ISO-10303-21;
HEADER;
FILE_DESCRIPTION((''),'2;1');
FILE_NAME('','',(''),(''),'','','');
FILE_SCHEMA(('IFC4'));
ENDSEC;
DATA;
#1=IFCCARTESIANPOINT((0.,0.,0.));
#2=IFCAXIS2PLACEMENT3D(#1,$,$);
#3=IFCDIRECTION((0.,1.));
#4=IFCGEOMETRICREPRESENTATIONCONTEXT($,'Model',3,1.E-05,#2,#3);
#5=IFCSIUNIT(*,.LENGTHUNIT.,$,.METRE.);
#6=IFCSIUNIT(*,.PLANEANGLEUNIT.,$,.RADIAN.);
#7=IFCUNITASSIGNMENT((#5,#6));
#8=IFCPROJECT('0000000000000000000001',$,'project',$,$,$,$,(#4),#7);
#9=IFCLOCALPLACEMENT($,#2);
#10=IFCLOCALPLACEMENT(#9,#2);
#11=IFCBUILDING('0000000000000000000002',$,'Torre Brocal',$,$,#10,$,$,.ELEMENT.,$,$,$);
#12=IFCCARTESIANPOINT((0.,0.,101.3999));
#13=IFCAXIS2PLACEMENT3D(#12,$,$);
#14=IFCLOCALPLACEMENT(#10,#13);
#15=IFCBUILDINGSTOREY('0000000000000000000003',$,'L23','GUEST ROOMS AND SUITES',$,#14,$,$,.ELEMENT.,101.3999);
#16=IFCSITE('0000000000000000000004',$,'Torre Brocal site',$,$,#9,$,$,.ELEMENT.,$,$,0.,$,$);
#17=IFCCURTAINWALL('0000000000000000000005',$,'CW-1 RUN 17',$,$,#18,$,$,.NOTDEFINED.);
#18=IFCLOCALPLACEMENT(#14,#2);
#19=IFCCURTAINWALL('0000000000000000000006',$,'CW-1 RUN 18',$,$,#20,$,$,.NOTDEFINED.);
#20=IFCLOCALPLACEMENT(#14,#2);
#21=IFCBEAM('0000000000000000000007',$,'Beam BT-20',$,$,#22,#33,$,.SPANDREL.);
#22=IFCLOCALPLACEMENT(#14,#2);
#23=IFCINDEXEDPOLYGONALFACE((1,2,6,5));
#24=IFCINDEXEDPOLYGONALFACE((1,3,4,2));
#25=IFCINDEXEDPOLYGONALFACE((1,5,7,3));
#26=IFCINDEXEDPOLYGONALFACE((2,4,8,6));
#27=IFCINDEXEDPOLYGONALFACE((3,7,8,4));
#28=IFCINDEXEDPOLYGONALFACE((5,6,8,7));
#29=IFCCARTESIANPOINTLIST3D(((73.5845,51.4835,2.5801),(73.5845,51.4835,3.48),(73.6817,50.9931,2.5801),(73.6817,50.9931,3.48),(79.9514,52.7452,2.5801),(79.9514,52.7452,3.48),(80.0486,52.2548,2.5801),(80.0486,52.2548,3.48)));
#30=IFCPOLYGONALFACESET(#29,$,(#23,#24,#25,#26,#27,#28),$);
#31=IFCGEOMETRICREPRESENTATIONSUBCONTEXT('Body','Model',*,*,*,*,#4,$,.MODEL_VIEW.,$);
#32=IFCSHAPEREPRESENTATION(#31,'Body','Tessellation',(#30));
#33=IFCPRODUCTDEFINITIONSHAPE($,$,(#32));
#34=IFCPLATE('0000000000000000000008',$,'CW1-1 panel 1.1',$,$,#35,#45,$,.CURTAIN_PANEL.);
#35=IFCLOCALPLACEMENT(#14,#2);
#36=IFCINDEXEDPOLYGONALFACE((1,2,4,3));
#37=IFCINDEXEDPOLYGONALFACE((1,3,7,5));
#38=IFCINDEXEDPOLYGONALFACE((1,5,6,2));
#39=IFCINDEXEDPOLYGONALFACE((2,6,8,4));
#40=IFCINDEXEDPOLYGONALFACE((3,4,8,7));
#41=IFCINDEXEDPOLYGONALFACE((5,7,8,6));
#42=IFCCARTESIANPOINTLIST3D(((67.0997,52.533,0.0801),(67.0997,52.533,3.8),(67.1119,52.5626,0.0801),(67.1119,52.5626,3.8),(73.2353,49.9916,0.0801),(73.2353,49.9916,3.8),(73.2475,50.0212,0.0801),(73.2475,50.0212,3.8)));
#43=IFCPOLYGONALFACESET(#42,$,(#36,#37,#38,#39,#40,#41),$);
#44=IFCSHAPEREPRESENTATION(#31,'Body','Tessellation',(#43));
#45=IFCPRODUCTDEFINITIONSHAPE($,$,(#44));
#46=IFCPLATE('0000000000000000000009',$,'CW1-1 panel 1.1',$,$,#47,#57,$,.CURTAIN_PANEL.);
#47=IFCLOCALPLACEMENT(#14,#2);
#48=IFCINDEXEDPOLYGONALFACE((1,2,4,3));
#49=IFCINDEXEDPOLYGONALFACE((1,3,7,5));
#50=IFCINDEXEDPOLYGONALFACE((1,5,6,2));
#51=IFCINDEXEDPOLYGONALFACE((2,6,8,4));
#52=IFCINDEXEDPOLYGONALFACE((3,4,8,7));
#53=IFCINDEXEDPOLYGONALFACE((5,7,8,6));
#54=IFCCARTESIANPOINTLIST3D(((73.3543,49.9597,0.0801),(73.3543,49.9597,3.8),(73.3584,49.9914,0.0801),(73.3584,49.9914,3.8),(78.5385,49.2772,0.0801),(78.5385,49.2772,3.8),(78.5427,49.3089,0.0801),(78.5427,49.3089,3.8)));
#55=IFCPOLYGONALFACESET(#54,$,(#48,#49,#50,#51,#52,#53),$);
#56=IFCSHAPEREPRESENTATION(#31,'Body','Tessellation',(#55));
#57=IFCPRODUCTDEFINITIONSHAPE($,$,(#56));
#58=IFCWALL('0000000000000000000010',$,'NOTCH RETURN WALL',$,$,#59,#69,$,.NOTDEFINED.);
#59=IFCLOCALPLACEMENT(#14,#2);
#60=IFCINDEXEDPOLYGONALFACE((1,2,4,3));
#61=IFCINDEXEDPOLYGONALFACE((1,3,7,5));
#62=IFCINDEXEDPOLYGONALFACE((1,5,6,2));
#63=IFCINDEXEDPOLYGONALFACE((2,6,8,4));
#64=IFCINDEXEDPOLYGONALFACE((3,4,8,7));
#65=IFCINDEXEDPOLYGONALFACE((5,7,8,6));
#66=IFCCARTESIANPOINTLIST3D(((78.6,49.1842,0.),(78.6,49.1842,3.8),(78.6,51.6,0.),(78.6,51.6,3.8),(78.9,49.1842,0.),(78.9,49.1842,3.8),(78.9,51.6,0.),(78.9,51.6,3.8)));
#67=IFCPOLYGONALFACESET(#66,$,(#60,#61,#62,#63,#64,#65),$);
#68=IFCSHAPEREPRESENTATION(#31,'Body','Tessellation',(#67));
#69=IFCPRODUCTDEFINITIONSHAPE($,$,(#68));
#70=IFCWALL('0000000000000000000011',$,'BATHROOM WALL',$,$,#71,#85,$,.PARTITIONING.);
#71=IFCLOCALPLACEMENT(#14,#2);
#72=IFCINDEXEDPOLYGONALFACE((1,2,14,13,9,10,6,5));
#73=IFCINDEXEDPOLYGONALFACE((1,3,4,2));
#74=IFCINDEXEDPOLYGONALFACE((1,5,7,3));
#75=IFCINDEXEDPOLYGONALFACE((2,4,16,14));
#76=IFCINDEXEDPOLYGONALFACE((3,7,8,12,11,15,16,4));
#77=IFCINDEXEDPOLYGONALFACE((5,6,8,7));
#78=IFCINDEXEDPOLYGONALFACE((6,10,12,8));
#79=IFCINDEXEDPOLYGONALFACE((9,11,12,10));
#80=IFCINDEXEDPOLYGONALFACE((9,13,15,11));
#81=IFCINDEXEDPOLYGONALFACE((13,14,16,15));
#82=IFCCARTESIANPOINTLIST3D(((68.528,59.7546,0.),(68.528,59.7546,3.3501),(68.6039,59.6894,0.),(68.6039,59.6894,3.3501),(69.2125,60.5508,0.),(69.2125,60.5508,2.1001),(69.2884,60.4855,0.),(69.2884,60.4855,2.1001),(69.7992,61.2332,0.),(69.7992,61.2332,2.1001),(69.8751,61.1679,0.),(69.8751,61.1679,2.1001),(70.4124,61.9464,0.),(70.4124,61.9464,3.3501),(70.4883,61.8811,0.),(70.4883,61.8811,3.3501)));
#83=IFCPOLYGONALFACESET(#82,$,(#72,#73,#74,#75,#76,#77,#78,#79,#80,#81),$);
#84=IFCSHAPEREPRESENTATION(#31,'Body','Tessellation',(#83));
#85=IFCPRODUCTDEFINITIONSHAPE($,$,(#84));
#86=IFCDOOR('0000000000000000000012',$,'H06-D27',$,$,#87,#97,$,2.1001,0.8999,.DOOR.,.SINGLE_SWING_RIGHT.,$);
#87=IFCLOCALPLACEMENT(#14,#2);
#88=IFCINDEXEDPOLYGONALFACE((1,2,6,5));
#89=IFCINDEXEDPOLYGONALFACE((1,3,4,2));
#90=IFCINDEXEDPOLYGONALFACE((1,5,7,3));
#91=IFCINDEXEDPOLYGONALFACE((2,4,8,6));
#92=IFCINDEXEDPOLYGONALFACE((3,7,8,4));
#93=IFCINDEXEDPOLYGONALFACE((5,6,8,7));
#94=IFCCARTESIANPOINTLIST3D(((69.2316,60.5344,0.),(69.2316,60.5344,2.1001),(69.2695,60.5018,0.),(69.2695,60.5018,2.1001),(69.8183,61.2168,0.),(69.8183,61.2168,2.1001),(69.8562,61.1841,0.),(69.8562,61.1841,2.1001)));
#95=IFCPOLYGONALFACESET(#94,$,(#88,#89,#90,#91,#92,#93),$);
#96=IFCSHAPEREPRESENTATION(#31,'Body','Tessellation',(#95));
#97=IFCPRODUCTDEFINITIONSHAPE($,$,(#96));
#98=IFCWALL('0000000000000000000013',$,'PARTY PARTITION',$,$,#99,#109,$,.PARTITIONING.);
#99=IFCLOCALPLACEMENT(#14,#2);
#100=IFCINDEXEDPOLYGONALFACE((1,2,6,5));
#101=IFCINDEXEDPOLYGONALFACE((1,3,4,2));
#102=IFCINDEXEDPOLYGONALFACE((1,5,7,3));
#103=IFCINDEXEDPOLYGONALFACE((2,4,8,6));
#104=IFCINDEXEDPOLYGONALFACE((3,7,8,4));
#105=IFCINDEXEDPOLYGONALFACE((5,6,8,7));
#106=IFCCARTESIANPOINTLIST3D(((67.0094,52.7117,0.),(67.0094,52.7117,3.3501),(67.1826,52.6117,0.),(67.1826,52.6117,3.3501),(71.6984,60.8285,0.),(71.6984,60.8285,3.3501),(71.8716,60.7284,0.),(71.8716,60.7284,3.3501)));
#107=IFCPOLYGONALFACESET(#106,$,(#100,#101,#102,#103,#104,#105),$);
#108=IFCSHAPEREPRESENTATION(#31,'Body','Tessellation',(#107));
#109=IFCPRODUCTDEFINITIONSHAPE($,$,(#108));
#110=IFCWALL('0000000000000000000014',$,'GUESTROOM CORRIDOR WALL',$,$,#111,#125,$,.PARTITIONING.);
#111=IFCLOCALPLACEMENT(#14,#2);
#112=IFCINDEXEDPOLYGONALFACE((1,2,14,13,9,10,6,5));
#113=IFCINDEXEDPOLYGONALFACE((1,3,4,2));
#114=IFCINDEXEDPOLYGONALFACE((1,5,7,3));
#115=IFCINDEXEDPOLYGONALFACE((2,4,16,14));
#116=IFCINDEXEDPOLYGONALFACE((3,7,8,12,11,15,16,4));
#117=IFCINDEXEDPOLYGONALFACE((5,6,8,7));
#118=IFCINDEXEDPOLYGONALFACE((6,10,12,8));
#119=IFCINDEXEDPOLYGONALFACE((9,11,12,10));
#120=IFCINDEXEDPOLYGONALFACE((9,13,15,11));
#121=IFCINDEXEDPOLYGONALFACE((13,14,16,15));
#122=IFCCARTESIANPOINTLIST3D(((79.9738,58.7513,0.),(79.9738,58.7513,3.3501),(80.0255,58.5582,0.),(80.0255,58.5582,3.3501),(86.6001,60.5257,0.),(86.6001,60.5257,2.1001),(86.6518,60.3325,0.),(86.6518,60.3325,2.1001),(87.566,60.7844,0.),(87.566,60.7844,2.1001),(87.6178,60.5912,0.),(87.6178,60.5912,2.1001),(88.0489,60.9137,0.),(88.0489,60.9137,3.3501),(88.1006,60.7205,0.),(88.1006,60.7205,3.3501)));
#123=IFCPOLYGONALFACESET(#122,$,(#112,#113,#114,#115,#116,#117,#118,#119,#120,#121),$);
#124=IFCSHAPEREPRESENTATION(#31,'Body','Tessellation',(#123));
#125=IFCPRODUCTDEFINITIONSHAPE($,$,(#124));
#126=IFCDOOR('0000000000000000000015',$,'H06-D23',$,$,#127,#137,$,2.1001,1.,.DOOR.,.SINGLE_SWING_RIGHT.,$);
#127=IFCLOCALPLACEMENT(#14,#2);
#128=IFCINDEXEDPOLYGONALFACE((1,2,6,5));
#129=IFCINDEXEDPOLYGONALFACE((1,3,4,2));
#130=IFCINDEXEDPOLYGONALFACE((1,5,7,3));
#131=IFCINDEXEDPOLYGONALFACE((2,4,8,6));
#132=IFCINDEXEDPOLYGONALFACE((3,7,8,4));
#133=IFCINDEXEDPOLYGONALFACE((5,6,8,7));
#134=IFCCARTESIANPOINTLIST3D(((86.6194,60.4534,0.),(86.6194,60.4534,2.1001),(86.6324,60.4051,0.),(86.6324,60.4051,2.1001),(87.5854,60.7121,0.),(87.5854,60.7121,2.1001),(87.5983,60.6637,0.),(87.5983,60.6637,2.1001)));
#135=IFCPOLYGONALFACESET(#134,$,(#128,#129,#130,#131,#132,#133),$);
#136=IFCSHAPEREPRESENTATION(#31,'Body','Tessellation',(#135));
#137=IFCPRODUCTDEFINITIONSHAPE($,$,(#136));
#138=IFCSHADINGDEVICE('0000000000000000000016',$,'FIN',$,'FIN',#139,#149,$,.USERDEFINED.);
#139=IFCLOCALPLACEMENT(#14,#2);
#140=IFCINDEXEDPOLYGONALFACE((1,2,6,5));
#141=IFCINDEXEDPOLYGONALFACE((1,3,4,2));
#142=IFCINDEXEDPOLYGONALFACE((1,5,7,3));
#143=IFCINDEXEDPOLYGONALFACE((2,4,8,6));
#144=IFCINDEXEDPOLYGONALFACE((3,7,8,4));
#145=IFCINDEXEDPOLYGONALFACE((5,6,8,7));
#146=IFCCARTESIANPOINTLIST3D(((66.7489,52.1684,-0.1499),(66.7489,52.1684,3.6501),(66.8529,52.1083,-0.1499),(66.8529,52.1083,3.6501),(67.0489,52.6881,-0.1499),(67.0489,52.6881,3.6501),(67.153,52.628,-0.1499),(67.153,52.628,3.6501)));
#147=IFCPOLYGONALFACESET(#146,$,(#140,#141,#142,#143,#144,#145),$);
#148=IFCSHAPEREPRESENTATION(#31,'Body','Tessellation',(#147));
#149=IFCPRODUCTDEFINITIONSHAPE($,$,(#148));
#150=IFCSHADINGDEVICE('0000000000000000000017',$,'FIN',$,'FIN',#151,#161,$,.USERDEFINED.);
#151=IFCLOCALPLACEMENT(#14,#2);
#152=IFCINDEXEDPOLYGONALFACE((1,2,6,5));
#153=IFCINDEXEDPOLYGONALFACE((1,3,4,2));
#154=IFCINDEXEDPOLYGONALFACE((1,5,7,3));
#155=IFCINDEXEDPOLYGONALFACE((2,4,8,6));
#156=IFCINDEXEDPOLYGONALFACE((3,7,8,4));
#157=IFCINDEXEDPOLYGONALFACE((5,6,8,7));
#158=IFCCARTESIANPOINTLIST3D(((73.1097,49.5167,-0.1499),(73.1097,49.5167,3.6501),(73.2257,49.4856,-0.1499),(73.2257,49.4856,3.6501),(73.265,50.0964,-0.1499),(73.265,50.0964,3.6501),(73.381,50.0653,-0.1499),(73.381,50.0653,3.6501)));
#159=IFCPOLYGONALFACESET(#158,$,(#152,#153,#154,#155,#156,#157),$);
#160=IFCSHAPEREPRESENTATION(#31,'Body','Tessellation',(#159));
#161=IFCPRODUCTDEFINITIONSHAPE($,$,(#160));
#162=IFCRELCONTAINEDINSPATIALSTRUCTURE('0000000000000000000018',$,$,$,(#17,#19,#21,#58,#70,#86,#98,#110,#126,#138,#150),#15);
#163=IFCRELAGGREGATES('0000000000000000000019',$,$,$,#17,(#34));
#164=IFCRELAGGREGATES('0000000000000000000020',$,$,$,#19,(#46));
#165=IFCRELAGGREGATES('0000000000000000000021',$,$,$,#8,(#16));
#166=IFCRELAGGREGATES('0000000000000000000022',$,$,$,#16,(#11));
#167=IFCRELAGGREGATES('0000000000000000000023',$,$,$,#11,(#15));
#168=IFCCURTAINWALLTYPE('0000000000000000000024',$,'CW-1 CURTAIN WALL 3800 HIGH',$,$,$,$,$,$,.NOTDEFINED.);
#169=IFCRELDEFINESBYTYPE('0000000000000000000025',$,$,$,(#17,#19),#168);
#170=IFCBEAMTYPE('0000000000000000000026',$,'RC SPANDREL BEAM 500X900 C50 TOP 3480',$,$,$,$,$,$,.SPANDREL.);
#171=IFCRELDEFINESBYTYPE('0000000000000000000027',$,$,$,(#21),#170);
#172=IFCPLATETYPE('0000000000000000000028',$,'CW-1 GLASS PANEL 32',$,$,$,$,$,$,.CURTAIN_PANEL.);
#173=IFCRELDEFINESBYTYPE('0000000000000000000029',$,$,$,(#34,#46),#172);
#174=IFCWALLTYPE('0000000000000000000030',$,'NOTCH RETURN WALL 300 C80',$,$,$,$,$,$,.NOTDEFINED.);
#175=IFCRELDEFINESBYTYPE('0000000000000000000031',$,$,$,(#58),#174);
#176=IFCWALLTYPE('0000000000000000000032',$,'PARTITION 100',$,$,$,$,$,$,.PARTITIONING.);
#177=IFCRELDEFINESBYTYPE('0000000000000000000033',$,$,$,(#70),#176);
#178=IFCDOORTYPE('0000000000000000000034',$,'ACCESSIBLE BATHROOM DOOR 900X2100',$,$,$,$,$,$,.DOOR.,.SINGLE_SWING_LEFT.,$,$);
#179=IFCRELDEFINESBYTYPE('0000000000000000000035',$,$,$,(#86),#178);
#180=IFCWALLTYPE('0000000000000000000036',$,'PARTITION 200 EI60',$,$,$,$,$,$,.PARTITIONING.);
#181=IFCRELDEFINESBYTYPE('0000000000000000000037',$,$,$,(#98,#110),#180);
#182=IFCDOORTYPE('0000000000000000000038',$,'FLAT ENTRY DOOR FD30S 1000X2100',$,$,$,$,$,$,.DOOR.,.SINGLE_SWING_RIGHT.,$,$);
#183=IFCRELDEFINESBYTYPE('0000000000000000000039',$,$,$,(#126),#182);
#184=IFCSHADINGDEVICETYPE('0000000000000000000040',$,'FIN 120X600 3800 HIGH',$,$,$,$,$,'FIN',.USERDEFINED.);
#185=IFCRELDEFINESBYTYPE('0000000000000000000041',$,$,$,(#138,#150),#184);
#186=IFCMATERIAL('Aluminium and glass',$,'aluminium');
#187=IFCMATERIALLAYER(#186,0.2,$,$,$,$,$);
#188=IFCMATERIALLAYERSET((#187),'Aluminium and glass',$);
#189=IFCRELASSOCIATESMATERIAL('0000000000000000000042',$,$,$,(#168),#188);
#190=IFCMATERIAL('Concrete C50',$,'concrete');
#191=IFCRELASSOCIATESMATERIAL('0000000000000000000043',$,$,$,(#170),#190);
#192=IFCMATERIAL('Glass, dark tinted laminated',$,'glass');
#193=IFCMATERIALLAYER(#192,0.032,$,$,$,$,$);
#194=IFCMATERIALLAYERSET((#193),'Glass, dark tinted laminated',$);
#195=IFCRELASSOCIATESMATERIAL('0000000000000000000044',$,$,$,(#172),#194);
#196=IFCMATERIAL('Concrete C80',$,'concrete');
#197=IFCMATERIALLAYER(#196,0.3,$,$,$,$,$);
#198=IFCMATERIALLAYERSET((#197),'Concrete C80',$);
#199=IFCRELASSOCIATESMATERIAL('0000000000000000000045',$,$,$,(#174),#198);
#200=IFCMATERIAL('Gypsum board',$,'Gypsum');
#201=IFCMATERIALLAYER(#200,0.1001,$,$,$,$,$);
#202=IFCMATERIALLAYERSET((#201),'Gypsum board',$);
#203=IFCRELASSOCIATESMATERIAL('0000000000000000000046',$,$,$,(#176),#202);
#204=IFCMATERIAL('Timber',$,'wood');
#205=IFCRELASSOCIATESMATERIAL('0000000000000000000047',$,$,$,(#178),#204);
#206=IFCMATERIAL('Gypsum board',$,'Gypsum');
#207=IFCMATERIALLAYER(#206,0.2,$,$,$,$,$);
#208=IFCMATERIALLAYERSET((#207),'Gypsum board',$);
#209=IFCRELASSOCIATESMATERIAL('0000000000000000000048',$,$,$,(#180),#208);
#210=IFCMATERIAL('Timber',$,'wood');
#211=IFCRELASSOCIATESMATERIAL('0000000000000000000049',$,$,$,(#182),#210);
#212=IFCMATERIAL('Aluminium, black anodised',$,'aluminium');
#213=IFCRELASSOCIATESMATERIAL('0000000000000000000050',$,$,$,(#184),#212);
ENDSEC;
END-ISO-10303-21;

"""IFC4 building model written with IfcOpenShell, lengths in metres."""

from ifc_helpers import new_model, si_unit, direction, frame, frame_2d, origin, origin_2d, place, context, subcontext, project, spatial, rectangle, extrude, material, layer, layer_set, material_profile, profile_set, type_object, element, fill, aggregate, save


model = new_model("IFC4")

# Units and contexts
model_context = context("Model", 3, precision=1e-05, world=origin(), true_north=direction((0.0, 1.0)))
body_context = subcontext(model_context, "Body", "Model", "MODEL_VIEW")
ifc_project = project(units=[si_unit("LENGTHUNIT", "METRE"), si_unit("PLANEANGLEUNIT", "RADIAN")], contexts=[model_context])

# Site, building, storey
site_placement = place(None, origin())
site = spatial("IfcSite", under=ifc_project, at=site_placement, Name="Torre Brocal site", CompositionType="ELEMENT", RefElevation=0.0)
building_placement = place(site_placement, origin())
building = spatial("IfcBuilding", under=site, at=building_placement, Name="Torre Brocal", CompositionType="ELEMENT")
storey_placement = place(building_placement, frame((0.0, 0.0, 101.3999)))
storey = spatial("IfcBuildingStorey", under=building, at=storey_placement, Name="L23", Description="GUEST ROOMS AND SUITES", CompositionType="ELEMENT", Elevation=101.3999)

# Shared definitions
ifc_material_1 = material(Name="Aluminium and glass", Category="aluminium")
ifc_layer_1 = layer(ifc_material_1, 0.2)
ifc_layer_set_1 = layer_set([ifc_layer_1], Name="Aluminium and glass")
curtain_wall_type = type_object("IfcCurtainWallType", Name="CW-1 CURTAIN WALL 3800 HIGH", PredefinedType="NOTDEFINED", material=ifc_layer_set_1)

# Curtain walls
curtain_wall_1_placement = place(storey_placement, origin())
curtain_wall_1 = element("IfcCurtainWall", 1, at=curtain_wall_1_placement, inside=storey, type_object=curtain_wall_type, Name="CW-1 RUN 17", PredefinedType="NOTDEFINED")
curtain_wall_2_placement = place(storey_placement, origin())
curtain_wall_2 = element("IfcCurtainWall", 2, at=curtain_wall_2_placement, inside=storey, type_object=curtain_wall_type, Name="CW-1 RUN 18", PredefinedType="NOTDEFINED")

# Beam
ifc_material_2 = material(Name="Concrete C50", Category="concrete")
ifc_material_profile_1 = material_profile(ifc_material_2, rectangle(XDim=0.5, YDim=0.8999, at=origin_2d()), Name="RC 500X900")
ifc_profile_set_1 = profile_set([ifc_material_profile_1], Name="Concrete C50")
beam_type_1 = type_object("IfcBeamType", Name="RC SPANDREL BEAM 500X900 C50 TOP 3480", PredefinedType="SPANDREL", material=ifc_profile_set_1)
beam_1_placement = place(storey_placement, frame((73.6331, 51.2383, 3.03), z_axis=(0.980925, 0.194387, 0.0), x_axis=(-0.194387, 0.980925, 0.0)))
element("IfcBeam", 3, at=beam_1_placement, inside=storey, type_object=beam_type_1, Name="Beam BT-20", PredefinedType="SPANDREL", context=body_context, shape_type="SweptSolid", body=[
    extrude(rectangle(XDim=0.5, YDim=0.8999, at=origin_2d()), origin(), (0.0, 0.0, 1.0), 6.4907),
])

# Plates
ifc_material_3 = material(Name="Glass, dark tinted laminated", Category="glass")
ifc_layer_2 = layer(ifc_material_3, 0.032)
ifc_layer_set_2 = layer_set([ifc_layer_2], Name="Glass, dark tinted laminated")
plate_type = type_object("IfcPlateType", Name="CW-1 GLASS PANEL 32", PredefinedType="CURTAIN_PANEL", material=ifc_layer_set_2)
plate_1_placement = place(storey_placement, frame((70.1736, 51.2771, 0.0801), z_axis=(0.0, 0.0, 1.0), x_axis=(0.92388, -0.382683, 0.0)))
plate_1 = element("IfcPlate", 4, at=plate_1_placement, type_object=plate_type, Name="CW1-1 panel 1.1", PredefinedType="CURTAIN_PANEL", context=body_context, shape_type="SweptSolid", body=[
    extrude(rectangle(XDim=6.6411, YDim=0.032, at=origin_2d()), origin(), (0.0, 0.0, 1.0), 3.72),
])
aggregate(curtain_wall_1, [plate_1])
plate_2_placement = place(storey_placement, frame((75.9485, 49.6343, 0.0801), z_axis=(0.0, 0.0, 1.0), x_axis=(0.991445, -0.130526, 0.0)))
plate_2 = element("IfcPlate", 5, at=plate_2_placement, type_object=plate_type, Name="CW1-1 panel 1.1", PredefinedType="CURTAIN_PANEL", context=body_context, shape_type="SweptSolid", body=[
    extrude(rectangle(XDim=5.229, YDim=0.032, at=origin_2d()), origin(), (0.0, 0.0, 1.0), 3.72),
])
aggregate(curtain_wall_2, [plate_2])

# Wall
ifc_material_4 = material(Name="Concrete C80", Category="concrete")
ifc_layer_3 = layer(ifc_material_4, 0.3)
ifc_layer_set_3 = layer_set([ifc_layer_3], Name="Concrete C80")
wall_type_1 = type_object("IfcWallType", Name="NOTCH RETURN WALL 300 C80", PredefinedType="NOTDEFINED", material=ifc_layer_set_3)
wall_1_placement = place(storey_placement, frame((78.75, 51.6001, 0.0), z_axis=(0.0, 0.0, 1.0), x_axis=(0.0, -1.0, 0.0)))
element("IfcWall", 6, at=wall_1_placement, inside=storey, type_object=wall_type_1, Name="NOTCH RETURN WALL", PredefinedType="NOTDEFINED", context=body_context, shape_type="SweptSolid", body=[
    extrude(rectangle(XDim=2.4158, YDim=0.3, at=frame_2d((1.208, 0.0))), origin(), (0.0, 0.0, 1.0), 3.8),
])

# Wall, opening, door
ifc_material_5 = material(Name="Gypsum board", Category="Gypsum")
ifc_layer_4 = layer(ifc_material_5, 0.1001)
ifc_layer_set_4 = layer_set([ifc_layer_4], Name="Gypsum board")
wall_type_2 = type_object("IfcWallType", Name="PARTITION 100", PredefinedType="PARTITIONING", material=ifc_layer_set_4)
wall_2_placement = place(storey_placement, frame((68.5659, 59.7219, 0.0), z_axis=(0.0, 0.0, 1.0), x_axis=(0.651931, 0.758278, 0.0)))
wall_2 = element("IfcWall", 7, at=wall_2_placement, inside=storey, type_object=wall_type_2, Name="BATHROOM WALL", PredefinedType="PARTITIONING", context=body_context, shape_type="SweptSolid", body=[
    extrude(rectangle(XDim=2.8904, YDim=0.1001, at=frame_2d((1.4453, 0.0))), origin(), (0.0, 0.0, 1.0), 3.3501),
])
opening_1_placement = place(wall_2_placement, frame((1.05, 0.0, 0.0)))
opening_1 = element("IfcOpeningElement", 8, at=opening_1_placement, cuts=wall_2, PredefinedType="OPENING", context=body_context, shape_type="SweptSolid", body=[
    extrude(rectangle(XDim=0.8999, YDim=2.1001, at=frame_2d((0.45, 1.05))), frame((0.0, 0.0601, 0.0), z_axis=(0.0, -1.0, 0.0), x_axis=(1.0, 0.0, 0.0)), (0.0, 0.0, 1.0), 0.1201),
])
ifc_material_6 = material(Name="Timber", Category="wood")
door_type_1 = type_object("IfcDoorType", Name="ACCESSIBLE BATHROOM DOOR 900X2100", OperationType="SINGLE_SWING_LEFT", PredefinedType="DOOR", material=ifc_material_6)
door_1_placement = place(opening_1_placement, origin())
door_1 = element("IfcDoor", 9, at=door_1_placement, inside=storey, type_object=door_type_1, Name="H06-D27", OperationType="SINGLE_SWING_RIGHT", OverallHeight=2.1001, OverallWidth=0.8999, PredefinedType="DOOR", context=body_context, shape_type="SweptSolid", body=[
    extrude(rectangle(XDim=0.8999, YDim=2.1001, at=frame_2d((0.45, 1.05))), frame((0.0, 0.0249, 0.0), z_axis=(0.0, -1.0, 0.0), x_axis=(1.0, 0.0, 0.0)), (0.0, 0.0, 1.0), 0.05),
])
fill(opening_1, door_1)

# Wall
ifc_material_7 = material(Name="Gypsum board", Category="Gypsum")
ifc_layer_5 = layer(ifc_material_7, 0.2)
ifc_layer_set_5 = layer_set([ifc_layer_5], Name="Gypsum board")
wall_type_3 = type_object("IfcWallType", Name="PARTITION 200 EI60", PredefinedType="PARTITIONING", material=ifc_layer_set_5)
wall_3_placement = place(storey_placement, frame((67.0959, 52.6616, 0.0), z_axis=(0.0, 0.0, 1.0), x_axis=(0.500223, 0.865897, 0.0)))
element("IfcWall", 10, at=wall_3_placement, inside=storey, type_object=wall_type_3, Name="PARTY PARTITION", PredefinedType="PARTITIONING", context=body_context, shape_type="SweptSolid", body=[
    extrude(rectangle(XDim=9.3738, YDim=0.2, at=frame_2d((4.687, 0.0))), origin(), (0.0, 0.0, 1.0), 3.3501),
])

# Wall, opening, door
wall_4_placement = place(storey_placement, frame((79.9998, 58.6548, 0.0), z_axis=(0.0, 0.0, 1.0), x_axis=(0.965967, 0.258664, 0.0)))
wall_4 = element("IfcWall", 11, at=wall_4_placement, inside=storey, type_object=wall_type_3, Name="GUESTROOM CORRIDOR WALL", PredefinedType="PARTITIONING", context=body_context, shape_type="SweptSolid", body=[
    extrude(rectangle(XDim=8.3596, YDim=0.2, at=frame_2d((4.1797, 0.0))), origin(), (0.0, 0.0, 1.0), 3.3501),
])
opening_2_placement = place(wall_4_placement, frame((6.8596, 0.0, 0.0)))
opening_2 = element("IfcOpeningElement", 12, at=opening_2_placement, cuts=wall_4, PredefinedType="OPENING", context=body_context, shape_type="SweptSolid", body=[
    extrude(rectangle(XDim=1.0, YDim=2.1001, at=frame_2d((0.5, 1.05))), frame((0.0, 0.1099, 0.0), z_axis=(0.0, -1.0, 0.0), x_axis=(1.0, 0.0, 0.0)), (0.0, 0.0, 1.0), 0.22),
])
ifc_material_8 = material(Name="Timber", Category="wood")
door_type_2 = type_object("IfcDoorType", Name="FLAT ENTRY DOOR FD30S 1000X2100", OperationType="SINGLE_SWING_RIGHT", PredefinedType="DOOR", material=ifc_material_8)
door_2_placement = place(opening_2_placement, frame((1.0, 0.0, 0.0), z_axis=(0.0, 0.0, 1.0), x_axis=(-1.0, 0.0, 0.0)))
door_2 = element("IfcDoor", 13, at=door_2_placement, inside=storey, type_object=door_type_2, Name="H06-D23", OperationType="SINGLE_SWING_RIGHT", OverallHeight=2.1001, OverallWidth=1.0, PredefinedType="DOOR", context=body_context, shape_type="SweptSolid", body=[
    extrude(rectangle(XDim=1.0, YDim=2.1001, at=frame_2d((0.5, 1.05))), frame((0.0, 0.0249, 0.0), z_axis=(0.0, -1.0, 0.0), x_axis=(1.0, 0.0, 0.0)), (0.0, 0.0, 1.0), 0.05),
])
fill(opening_2, door_2)

# Shading devices
ifc_material_9 = material(Name="Aluminium, black anodised", Category="aluminium")
ifc_material_profile_2 = material_profile(ifc_material_9, rectangle(XDim=0.1201, YDim=0.6001, at=origin_2d()), Name="FIN 120X600 3800 HIGH")
ifc_profile_set_2 = profile_set([ifc_material_profile_2], Name="Aluminium, black anodised")
shading_device_type = type_object("IfcShadingDeviceType", Name="FIN 120X600 3800 HIGH", ElementType="FIN", PredefinedType="USERDEFINED", material=ifc_profile_set_2)
for number, where, z_axis, x_axis, name in (
    (14, (66.9509, 52.3982, -0.1499), (0.0, 0.0, 1.0), (0.866025, -0.5, 0.0), "FIN"),
    (15, (73.2454, 49.791, -0.1499), (0.0, 0.0, 1.0), (0.965926, -0.258819, 0.0), "FIN"),
):
    element("IfcShadingDevice", number, at=place(storey_placement, frame(where, z_axis=z_axis, x_axis=x_axis)), inside=storey, type_object=shading_device_type, Name=name, ObjectType="FIN", PredefinedType="USERDEFINED", context=body_context, shape_type="SweptSolid", body=[
        extrude(rectangle(XDim=0.1201, YDim=0.6001, at=origin_2d()), origin(), (0.0, 0.0, 1.0), 3.8),
    ])

save(model, "model.ifc")
